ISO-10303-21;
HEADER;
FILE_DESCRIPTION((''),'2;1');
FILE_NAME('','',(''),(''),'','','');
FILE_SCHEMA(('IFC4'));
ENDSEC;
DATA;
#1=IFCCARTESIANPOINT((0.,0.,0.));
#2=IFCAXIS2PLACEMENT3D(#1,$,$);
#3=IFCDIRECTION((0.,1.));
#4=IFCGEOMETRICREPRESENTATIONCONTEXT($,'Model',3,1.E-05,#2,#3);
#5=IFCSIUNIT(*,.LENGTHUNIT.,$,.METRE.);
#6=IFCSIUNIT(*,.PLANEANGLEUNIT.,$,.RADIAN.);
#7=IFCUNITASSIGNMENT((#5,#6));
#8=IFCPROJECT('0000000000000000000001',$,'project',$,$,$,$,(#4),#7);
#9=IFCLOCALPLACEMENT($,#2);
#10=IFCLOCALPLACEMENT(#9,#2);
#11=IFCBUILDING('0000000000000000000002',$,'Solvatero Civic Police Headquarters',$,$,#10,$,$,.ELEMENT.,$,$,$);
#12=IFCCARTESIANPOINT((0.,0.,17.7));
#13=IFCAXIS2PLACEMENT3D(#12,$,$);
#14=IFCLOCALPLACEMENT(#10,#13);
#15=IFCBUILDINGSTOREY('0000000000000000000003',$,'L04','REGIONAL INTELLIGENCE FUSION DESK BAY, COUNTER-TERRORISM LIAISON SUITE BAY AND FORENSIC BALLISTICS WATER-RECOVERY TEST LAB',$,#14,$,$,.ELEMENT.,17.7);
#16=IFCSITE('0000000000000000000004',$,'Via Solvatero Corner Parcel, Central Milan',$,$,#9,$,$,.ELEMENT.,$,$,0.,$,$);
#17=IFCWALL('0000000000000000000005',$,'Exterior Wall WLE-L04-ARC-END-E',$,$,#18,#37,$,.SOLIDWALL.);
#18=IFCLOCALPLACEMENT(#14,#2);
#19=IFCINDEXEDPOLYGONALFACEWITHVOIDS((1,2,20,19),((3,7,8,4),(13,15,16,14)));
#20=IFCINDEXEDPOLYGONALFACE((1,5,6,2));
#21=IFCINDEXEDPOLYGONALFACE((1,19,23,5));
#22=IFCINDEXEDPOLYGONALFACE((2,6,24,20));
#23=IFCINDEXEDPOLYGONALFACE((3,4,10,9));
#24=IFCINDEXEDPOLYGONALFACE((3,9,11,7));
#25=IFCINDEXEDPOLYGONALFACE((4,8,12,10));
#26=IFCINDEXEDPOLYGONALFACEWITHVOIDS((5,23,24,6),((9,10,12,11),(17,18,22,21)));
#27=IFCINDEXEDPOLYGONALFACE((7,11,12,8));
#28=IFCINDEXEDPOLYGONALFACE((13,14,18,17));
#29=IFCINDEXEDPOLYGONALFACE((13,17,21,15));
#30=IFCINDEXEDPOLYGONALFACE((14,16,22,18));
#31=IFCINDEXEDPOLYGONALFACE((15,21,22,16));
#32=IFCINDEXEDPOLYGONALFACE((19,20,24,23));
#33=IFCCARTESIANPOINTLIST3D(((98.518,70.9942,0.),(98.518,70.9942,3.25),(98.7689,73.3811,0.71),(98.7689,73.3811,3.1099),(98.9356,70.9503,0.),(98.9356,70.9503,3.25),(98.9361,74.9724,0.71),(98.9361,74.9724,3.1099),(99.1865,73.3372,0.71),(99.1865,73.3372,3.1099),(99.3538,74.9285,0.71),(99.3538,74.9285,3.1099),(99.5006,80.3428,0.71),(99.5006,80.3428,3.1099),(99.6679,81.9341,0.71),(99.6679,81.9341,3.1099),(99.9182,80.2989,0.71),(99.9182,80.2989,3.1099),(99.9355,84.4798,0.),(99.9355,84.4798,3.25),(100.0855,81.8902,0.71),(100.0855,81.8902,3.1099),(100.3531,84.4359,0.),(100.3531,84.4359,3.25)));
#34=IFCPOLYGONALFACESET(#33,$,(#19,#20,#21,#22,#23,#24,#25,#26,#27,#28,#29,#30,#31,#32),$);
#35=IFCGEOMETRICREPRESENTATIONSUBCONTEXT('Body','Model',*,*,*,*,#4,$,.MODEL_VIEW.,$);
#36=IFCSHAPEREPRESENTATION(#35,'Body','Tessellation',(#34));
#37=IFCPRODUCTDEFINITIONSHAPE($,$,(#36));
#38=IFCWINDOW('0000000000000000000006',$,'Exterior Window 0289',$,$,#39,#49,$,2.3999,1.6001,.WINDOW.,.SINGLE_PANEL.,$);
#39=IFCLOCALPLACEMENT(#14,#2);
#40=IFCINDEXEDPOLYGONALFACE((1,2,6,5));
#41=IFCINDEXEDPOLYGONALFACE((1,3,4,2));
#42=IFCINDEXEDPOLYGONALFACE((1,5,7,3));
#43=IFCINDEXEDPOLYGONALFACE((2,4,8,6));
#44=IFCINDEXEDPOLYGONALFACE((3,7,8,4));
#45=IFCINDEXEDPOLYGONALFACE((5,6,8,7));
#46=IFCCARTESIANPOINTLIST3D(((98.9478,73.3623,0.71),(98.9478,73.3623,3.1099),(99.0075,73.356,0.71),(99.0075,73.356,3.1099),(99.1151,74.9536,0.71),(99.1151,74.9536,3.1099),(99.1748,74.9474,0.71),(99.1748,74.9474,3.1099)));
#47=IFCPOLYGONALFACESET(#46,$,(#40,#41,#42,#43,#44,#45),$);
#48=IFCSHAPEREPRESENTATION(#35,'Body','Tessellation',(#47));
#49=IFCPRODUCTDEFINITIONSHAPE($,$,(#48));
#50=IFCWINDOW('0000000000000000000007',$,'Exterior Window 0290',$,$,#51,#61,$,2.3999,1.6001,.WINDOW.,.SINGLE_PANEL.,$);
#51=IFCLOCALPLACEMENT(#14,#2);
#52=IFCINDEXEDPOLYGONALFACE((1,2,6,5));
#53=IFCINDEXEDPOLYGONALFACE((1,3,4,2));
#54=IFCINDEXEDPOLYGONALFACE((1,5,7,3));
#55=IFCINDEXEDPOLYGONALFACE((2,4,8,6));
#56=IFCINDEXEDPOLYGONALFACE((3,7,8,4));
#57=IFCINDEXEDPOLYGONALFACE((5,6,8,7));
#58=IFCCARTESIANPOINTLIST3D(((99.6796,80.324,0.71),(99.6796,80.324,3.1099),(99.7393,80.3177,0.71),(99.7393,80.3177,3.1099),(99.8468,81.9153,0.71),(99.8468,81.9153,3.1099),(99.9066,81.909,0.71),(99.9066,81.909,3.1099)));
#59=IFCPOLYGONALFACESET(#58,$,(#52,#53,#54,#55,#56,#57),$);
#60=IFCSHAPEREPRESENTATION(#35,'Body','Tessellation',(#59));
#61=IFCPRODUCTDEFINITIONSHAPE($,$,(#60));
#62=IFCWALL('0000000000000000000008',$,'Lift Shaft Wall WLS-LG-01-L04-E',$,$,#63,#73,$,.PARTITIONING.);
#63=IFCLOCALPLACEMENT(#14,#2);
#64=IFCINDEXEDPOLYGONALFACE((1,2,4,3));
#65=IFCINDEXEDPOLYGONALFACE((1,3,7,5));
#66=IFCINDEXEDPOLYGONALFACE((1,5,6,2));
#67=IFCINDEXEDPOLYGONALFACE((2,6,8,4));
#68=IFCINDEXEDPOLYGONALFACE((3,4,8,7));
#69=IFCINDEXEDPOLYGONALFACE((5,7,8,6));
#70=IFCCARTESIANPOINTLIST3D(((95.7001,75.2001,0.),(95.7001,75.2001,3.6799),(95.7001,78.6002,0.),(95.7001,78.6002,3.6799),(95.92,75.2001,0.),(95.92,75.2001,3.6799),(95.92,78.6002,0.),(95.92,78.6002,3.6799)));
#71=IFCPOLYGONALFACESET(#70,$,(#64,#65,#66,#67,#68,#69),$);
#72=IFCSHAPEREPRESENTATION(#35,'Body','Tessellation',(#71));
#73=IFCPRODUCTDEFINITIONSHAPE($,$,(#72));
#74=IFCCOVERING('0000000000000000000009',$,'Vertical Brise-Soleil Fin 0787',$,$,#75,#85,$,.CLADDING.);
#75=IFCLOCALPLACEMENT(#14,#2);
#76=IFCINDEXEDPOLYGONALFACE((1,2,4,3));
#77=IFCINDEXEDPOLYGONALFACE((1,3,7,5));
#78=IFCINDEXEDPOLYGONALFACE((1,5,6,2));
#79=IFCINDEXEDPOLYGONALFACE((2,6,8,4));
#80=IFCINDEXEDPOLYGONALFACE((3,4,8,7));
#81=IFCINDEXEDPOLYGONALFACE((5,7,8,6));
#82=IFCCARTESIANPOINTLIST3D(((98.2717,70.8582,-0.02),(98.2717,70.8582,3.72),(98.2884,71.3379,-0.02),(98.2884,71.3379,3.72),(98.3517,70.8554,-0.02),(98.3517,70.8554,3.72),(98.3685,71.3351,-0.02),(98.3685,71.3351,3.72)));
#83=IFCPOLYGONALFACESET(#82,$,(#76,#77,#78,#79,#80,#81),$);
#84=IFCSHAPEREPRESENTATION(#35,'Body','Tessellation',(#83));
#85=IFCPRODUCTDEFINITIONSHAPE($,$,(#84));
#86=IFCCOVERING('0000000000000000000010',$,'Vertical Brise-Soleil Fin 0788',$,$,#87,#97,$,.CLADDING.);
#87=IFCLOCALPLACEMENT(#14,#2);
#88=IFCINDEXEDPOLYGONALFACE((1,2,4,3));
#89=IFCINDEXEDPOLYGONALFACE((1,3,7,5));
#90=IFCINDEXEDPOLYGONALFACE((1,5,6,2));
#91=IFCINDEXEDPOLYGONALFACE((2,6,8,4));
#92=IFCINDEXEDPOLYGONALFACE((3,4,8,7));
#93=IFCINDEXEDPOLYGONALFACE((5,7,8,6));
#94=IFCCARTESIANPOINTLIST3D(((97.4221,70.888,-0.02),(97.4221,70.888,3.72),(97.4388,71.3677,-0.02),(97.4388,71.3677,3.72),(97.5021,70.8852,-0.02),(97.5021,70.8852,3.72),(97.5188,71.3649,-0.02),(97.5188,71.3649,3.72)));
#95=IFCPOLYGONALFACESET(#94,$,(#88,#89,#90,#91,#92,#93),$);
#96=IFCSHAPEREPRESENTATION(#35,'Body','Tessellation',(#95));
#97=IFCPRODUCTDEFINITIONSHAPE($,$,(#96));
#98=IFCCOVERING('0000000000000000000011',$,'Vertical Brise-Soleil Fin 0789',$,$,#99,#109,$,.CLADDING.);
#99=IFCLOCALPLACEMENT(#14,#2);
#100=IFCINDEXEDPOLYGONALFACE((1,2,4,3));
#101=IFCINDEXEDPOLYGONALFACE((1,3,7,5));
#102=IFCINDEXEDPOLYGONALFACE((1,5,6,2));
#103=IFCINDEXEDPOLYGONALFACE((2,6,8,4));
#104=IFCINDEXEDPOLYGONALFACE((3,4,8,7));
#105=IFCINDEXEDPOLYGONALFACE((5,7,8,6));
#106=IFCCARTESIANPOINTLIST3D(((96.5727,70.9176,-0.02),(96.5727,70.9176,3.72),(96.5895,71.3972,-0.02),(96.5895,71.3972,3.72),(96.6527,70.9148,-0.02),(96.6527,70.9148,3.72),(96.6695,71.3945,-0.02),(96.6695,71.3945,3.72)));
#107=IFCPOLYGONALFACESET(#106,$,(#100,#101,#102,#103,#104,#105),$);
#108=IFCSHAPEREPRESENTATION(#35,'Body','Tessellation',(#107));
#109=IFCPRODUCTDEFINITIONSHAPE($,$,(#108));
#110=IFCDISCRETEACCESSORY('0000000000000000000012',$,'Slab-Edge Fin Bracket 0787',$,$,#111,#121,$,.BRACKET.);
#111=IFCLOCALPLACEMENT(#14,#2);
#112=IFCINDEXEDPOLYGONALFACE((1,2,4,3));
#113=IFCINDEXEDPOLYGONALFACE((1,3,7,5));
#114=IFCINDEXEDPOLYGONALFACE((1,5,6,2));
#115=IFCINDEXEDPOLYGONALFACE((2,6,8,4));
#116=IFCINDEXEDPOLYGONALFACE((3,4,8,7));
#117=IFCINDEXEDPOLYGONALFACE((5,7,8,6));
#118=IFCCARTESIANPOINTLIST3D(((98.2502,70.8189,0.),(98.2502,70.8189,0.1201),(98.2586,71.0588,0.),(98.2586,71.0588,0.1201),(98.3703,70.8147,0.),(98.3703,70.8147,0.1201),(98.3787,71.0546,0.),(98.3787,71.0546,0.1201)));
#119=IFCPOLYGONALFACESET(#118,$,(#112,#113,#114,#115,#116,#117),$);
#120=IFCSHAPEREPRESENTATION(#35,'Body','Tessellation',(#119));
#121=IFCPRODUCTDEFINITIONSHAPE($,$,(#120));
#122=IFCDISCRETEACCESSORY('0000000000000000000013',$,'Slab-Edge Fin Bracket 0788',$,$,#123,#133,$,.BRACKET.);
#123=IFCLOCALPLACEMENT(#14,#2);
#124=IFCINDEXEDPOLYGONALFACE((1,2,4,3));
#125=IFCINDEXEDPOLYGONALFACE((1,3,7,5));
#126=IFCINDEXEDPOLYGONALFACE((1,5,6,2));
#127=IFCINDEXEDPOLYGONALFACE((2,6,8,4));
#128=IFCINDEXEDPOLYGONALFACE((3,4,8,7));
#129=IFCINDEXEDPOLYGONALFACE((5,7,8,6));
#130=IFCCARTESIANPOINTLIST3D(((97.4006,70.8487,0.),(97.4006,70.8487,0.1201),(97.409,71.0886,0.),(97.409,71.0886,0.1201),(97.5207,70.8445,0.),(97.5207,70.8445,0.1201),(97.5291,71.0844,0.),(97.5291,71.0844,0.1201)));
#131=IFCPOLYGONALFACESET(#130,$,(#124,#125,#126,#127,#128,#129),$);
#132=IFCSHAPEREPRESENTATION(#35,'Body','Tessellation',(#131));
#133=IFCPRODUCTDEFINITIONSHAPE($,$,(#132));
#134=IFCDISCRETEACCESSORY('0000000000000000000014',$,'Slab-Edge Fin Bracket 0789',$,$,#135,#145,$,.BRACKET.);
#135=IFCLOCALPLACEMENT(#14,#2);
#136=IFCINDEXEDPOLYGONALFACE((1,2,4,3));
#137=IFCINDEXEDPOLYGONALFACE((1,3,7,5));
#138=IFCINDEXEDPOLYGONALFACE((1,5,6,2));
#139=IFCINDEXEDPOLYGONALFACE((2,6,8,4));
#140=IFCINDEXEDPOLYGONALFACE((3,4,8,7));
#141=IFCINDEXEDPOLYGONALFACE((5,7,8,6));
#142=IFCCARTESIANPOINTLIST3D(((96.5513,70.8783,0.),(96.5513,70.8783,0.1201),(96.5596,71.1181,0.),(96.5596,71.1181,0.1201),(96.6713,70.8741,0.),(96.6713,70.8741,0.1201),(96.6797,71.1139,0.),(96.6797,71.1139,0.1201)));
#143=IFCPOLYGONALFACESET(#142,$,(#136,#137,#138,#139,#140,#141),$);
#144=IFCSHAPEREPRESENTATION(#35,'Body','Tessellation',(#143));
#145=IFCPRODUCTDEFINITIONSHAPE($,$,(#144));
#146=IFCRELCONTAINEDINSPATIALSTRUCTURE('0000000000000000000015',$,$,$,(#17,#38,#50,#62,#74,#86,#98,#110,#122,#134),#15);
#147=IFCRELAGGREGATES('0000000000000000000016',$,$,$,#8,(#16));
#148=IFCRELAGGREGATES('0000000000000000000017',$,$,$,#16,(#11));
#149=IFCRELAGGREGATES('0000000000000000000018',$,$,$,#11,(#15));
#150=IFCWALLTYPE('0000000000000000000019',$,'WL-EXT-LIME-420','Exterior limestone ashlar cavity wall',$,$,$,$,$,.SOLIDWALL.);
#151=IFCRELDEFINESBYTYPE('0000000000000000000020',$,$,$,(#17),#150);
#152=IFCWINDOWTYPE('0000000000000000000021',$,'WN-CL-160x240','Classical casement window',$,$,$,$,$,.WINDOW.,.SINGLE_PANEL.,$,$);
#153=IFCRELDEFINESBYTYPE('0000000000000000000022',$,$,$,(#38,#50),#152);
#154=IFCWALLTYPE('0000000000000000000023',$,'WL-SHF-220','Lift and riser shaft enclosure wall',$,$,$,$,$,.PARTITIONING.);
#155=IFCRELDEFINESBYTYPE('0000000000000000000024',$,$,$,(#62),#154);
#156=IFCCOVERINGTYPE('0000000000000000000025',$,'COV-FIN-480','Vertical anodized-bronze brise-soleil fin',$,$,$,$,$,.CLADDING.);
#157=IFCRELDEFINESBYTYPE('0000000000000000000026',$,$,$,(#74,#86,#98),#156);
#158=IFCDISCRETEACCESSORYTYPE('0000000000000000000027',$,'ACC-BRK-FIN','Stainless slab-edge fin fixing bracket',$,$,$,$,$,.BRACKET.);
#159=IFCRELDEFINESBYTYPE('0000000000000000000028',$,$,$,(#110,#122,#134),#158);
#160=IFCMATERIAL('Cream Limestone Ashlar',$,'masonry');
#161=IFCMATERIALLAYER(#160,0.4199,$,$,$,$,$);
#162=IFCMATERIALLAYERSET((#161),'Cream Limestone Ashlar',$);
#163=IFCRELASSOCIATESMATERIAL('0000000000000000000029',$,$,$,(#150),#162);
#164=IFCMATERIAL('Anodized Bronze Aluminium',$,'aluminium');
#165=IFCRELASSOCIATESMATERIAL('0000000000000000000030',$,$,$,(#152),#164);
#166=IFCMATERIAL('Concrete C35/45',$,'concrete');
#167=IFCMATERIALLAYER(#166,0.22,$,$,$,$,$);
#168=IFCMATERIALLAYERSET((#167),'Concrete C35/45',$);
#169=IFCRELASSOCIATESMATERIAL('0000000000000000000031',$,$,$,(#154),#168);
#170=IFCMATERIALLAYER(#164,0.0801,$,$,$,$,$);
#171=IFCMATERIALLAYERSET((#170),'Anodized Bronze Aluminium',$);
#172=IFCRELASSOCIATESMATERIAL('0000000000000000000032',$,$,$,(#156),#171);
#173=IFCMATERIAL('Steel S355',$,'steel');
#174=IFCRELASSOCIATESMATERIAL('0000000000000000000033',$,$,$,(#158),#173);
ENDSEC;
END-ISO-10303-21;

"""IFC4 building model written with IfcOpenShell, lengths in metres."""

from ifc_helpers import new_model, si_unit, direction, frame, frame_2d, origin, origin_2d, place, context, subcontext, project, spatial, rectangle, extrude, material, layer, layer_set, type_object, element, fill, save


model = new_model("IFC4")

# Units and contexts
model_context = context("Model", 3, precision=1e-05, world=origin(), true_north=direction((0.0, 1.0)))
body_context = subcontext(model_context, "Body", "Model", "MODEL_VIEW")
ifc_project = project(units=[si_unit("LENGTHUNIT", "METRE"), si_unit("PLANEANGLEUNIT", "RADIAN")], contexts=[model_context])

# Site, building, storey
site_placement = place(None, origin())
site = spatial("IfcSite", under=ifc_project, at=site_placement, Name="Via Solvatero Corner Parcel, Central Milan", CompositionType="ELEMENT", RefElevation=0.0)
building_placement = place(site_placement, origin())
building = spatial("IfcBuilding", under=site, at=building_placement, Name="Solvatero Civic Police Headquarters", CompositionType="ELEMENT")
storey_placement = place(building_placement, frame((0.0, 0.0, 17.7)))
storey = spatial("IfcBuildingStorey", under=building, at=storey_placement, Name="L04", Description="REGIONAL INTELLIGENCE FUSION DESK BAY, COUNTER-TERRORISM LIAISON SUITE BAY AND FORENSIC BALLISTICS WATER-RECOVERY TEST LAB", CompositionType="ELEMENT", Elevation=17.7)

# Shared definitions
ifc_material_1 = material(Name="Steel S355", Category="steel")

# Shared definitions
ifc_material_2 = material(Name="Anodized Bronze Aluminium", Category="aluminium")

# Wall, openings, windows
ifc_material_3 = material(Name="Cream Limestone Ashlar", Category="masonry")
ifc_layer_1 = layer(ifc_material_3, 0.4199)
ifc_layer_set_1 = layer_set([ifc_layer_1], Name="Cream Limestone Ashlar")
wall_type_1 = type_object("IfcWallType", Name="WL-EXT-LIME-420", Description="Exterior limestone ashlar cavity wall", PredefinedType="SOLIDWALL", material=ifc_layer_set_1)
wall_1_placement = place(storey_placement, frame((98.7268, 70.9724, 0.0), z_axis=(0.0, 0.0, 1.0), x_axis=(0.104535, 0.994521, 0.0)))
wall_1 = element("IfcWall", 1, at=wall_1_placement, inside=storey, type_object=wall_type_1, Name="Exterior Wall WLE-L04-ARC-END-E", PredefinedType="SOLIDWALL", context=body_context, shape_type="SweptSolid", body=[
    extrude(rectangle(XDim=13.5598, YDim=0.4199, at=frame_2d((6.7798, 0.0))), origin(), (0.0, 0.0, 1.0), 3.25),
])
opening_1_placement = place(wall_1_placement, frame((2.3999, 0.0, 0.71)))
opening_1 = element("IfcOpeningElement", 2, at=opening_1_placement, cuts=wall_1, PredefinedType="OPENING", context=body_context, shape_type="SweptSolid", body=[
    extrude(rectangle(XDim=1.6001, YDim=2.3999, at=frame_2d((0.8, 1.2))), frame((0.0, 0.22, 0.0), z_axis=(0.0, -1.0, 0.0), x_axis=(1.0, 0.0, 0.0)), (0.0, 0.0, 1.0), 0.4399),
])
opening_2_placement = place(wall_1_placement, frame((9.3999, 0.0, 0.71)))
opening_2 = element("IfcOpeningElement", 3, at=opening_2_placement, cuts=wall_1, PredefinedType="OPENING", context=body_context, shape_type="SweptSolid", body=[
    extrude(rectangle(XDim=1.6001, YDim=2.3999, at=frame_2d((0.8, 1.2))), frame((0.0, 0.22, 0.0), z_axis=(0.0, -1.0, 0.0), x_axis=(1.0, 0.0, 0.0)), (0.0, 0.0, 1.0), 0.4399),
])
window_type = type_object("IfcWindowType", Name="WN-CL-160x240", Description="Classical casement window", PartitioningType="SINGLE_PANEL", PredefinedType="WINDOW", material=ifc_material_2)
window_1_placement = place(opening_1_placement, origin())
window_1 = element("IfcWindow", 4, at=window_1_placement, inside=storey, type_object=window_type, Name="Exterior Window 0289", OverallHeight=2.3999, OverallWidth=1.6001, PartitioningType="SINGLE_PANEL", PredefinedType="WINDOW", context=body_context, shape_type="SweptSolid", body=[
    extrude(rectangle(XDim=1.6001, YDim=2.3999, at=frame_2d((0.8, 1.2))), frame((0.0, 0.03, 0.0), z_axis=(0.0, -1.0, 0.0), x_axis=(1.0, 0.0, 0.0)), (0.0, 0.0, 1.0), 0.0601),
])
fill(opening_1, window_1)
window_2_placement = place(opening_2_placement, origin())
window_2 = element("IfcWindow", 5, at=window_2_placement, inside=storey, type_object=window_type, Name="Exterior Window 0290", OverallHeight=2.3999, OverallWidth=1.6001, PartitioningType="SINGLE_PANEL", PredefinedType="WINDOW", context=body_context, shape_type="SweptSolid", body=[
    extrude(rectangle(XDim=1.6001, YDim=2.3999, at=frame_2d((0.8, 1.2))), frame((0.0, 0.03, 0.0), z_axis=(0.0, -1.0, 0.0), x_axis=(1.0, 0.0, 0.0)), (0.0, 0.0, 1.0), 0.0601),
])
fill(opening_2, window_2)

# Wall
ifc_material_4 = material(Name="Concrete C35/45", Category="concrete")
ifc_layer_2 = layer(ifc_material_4, 0.22)
ifc_layer_set_2 = layer_set([ifc_layer_2], Name="Concrete C35/45")
wall_type_2 = type_object("IfcWallType", Name="WL-SHF-220", Description="Lift and riser shaft enclosure wall", PredefinedType="PARTITIONING", material=ifc_layer_set_2)
wall_2_placement = place(storey_placement, frame((95.8101, 75.2, 0.0), z_axis=(0.0, 0.0, 1.0), x_axis=(0.0, 1.0, 0.0)))
element("IfcWall", 6, at=wall_2_placement, inside=storey, type_object=wall_type_2, Name="Lift Shaft Wall WLS-LG-01-L04-E", PredefinedType="PARTITIONING", context=body_context, shape_type="SweptSolid", body=[
    extrude(rectangle(XDim=3.4001, YDim=0.22, at=frame_2d((1.7002, 0.0))), origin(), (0.0, 0.0, 1.0), 3.6799),
])

# Coverings
ifc_layer_3 = layer(ifc_material_2, 0.0801)
ifc_layer_set_3 = layer_set([ifc_layer_3], Name="Anodized Bronze Aluminium")
covering_type = type_object("IfcCoveringType", Name="COV-FIN-480", Description="Vertical anodized-bronze brise-soleil fin", PredefinedType="CLADDING", material=ifc_layer_set_3)
for number, where, z_axis, x_axis, name in (
    (7, (98.3201, 71.0967, -0.02), (0.0, 0.0, 1.0), (-0.999391, 0.034899, 0.0), "Vertical Brise-Soleil Fin 0787"),
    (8, (97.4705, 71.1265, -0.02), (0.0, 0.0, 1.0), (-0.999391, 0.034899, 0.0), "Vertical Brise-Soleil Fin 0788"),
    (9, (96.6211, 71.156, -0.02), (0.0, 0.0, 1.0), (-0.999391, 0.034899, 0.0), "Vertical Brise-Soleil Fin 0789"),
):
    element("IfcCovering", number, at=place(storey_placement, frame(where, z_axis=z_axis, x_axis=x_axis)), inside=storey, type_object=covering_type, Name=name, PredefinedType="CLADDING", context=body_context, shape_type="SweptSolid", body=[
        extrude(rectangle(XDim=0.0801, YDim=0.48, at=origin_2d()), origin(), (0.0, 0.0, 1.0), 3.74),
    ])

# Discrete accessories
discrete_accessory_type = type_object("IfcDiscreteAccessoryType", Name="ACC-BRK-FIN", Description="Stainless slab-edge fin fixing bracket", PredefinedType="BRACKET", material=ifc_material_1)
for number, where, z_axis, x_axis, name in (
    (10, (98.3145, 70.9368, 0.0), (0.0, 0.0, 1.0), (-0.999391, 0.034899, 0.0), "Slab-Edge Fin Bracket 0787"),
    (11, (97.4648, 70.9666, 0.0), (0.0, 0.0, 1.0), (-0.999391, 0.034899, 0.0), "Slab-Edge Fin Bracket 0788"),
    (12, (96.6155, 70.9961, 0.0), (0.0, 0.0, 1.0), (-0.999391, 0.034899, 0.0), "Slab-Edge Fin Bracket 0789"),
):
    element("IfcDiscreteAccessory", number, at=place(storey_placement, frame(where, z_axis=z_axis, x_axis=x_axis)), inside=storey, type_object=discrete_accessory_type, Name=name, PredefinedType="BRACKET", context=body_context, shape_type="SweptSolid", body=[
        extrude(rectangle(XDim=0.1201, YDim=0.24, at=origin_2d()), origin(), (0.0, 0.0, 1.0), 0.1201),
    ])

save(model, "model.ifc")
